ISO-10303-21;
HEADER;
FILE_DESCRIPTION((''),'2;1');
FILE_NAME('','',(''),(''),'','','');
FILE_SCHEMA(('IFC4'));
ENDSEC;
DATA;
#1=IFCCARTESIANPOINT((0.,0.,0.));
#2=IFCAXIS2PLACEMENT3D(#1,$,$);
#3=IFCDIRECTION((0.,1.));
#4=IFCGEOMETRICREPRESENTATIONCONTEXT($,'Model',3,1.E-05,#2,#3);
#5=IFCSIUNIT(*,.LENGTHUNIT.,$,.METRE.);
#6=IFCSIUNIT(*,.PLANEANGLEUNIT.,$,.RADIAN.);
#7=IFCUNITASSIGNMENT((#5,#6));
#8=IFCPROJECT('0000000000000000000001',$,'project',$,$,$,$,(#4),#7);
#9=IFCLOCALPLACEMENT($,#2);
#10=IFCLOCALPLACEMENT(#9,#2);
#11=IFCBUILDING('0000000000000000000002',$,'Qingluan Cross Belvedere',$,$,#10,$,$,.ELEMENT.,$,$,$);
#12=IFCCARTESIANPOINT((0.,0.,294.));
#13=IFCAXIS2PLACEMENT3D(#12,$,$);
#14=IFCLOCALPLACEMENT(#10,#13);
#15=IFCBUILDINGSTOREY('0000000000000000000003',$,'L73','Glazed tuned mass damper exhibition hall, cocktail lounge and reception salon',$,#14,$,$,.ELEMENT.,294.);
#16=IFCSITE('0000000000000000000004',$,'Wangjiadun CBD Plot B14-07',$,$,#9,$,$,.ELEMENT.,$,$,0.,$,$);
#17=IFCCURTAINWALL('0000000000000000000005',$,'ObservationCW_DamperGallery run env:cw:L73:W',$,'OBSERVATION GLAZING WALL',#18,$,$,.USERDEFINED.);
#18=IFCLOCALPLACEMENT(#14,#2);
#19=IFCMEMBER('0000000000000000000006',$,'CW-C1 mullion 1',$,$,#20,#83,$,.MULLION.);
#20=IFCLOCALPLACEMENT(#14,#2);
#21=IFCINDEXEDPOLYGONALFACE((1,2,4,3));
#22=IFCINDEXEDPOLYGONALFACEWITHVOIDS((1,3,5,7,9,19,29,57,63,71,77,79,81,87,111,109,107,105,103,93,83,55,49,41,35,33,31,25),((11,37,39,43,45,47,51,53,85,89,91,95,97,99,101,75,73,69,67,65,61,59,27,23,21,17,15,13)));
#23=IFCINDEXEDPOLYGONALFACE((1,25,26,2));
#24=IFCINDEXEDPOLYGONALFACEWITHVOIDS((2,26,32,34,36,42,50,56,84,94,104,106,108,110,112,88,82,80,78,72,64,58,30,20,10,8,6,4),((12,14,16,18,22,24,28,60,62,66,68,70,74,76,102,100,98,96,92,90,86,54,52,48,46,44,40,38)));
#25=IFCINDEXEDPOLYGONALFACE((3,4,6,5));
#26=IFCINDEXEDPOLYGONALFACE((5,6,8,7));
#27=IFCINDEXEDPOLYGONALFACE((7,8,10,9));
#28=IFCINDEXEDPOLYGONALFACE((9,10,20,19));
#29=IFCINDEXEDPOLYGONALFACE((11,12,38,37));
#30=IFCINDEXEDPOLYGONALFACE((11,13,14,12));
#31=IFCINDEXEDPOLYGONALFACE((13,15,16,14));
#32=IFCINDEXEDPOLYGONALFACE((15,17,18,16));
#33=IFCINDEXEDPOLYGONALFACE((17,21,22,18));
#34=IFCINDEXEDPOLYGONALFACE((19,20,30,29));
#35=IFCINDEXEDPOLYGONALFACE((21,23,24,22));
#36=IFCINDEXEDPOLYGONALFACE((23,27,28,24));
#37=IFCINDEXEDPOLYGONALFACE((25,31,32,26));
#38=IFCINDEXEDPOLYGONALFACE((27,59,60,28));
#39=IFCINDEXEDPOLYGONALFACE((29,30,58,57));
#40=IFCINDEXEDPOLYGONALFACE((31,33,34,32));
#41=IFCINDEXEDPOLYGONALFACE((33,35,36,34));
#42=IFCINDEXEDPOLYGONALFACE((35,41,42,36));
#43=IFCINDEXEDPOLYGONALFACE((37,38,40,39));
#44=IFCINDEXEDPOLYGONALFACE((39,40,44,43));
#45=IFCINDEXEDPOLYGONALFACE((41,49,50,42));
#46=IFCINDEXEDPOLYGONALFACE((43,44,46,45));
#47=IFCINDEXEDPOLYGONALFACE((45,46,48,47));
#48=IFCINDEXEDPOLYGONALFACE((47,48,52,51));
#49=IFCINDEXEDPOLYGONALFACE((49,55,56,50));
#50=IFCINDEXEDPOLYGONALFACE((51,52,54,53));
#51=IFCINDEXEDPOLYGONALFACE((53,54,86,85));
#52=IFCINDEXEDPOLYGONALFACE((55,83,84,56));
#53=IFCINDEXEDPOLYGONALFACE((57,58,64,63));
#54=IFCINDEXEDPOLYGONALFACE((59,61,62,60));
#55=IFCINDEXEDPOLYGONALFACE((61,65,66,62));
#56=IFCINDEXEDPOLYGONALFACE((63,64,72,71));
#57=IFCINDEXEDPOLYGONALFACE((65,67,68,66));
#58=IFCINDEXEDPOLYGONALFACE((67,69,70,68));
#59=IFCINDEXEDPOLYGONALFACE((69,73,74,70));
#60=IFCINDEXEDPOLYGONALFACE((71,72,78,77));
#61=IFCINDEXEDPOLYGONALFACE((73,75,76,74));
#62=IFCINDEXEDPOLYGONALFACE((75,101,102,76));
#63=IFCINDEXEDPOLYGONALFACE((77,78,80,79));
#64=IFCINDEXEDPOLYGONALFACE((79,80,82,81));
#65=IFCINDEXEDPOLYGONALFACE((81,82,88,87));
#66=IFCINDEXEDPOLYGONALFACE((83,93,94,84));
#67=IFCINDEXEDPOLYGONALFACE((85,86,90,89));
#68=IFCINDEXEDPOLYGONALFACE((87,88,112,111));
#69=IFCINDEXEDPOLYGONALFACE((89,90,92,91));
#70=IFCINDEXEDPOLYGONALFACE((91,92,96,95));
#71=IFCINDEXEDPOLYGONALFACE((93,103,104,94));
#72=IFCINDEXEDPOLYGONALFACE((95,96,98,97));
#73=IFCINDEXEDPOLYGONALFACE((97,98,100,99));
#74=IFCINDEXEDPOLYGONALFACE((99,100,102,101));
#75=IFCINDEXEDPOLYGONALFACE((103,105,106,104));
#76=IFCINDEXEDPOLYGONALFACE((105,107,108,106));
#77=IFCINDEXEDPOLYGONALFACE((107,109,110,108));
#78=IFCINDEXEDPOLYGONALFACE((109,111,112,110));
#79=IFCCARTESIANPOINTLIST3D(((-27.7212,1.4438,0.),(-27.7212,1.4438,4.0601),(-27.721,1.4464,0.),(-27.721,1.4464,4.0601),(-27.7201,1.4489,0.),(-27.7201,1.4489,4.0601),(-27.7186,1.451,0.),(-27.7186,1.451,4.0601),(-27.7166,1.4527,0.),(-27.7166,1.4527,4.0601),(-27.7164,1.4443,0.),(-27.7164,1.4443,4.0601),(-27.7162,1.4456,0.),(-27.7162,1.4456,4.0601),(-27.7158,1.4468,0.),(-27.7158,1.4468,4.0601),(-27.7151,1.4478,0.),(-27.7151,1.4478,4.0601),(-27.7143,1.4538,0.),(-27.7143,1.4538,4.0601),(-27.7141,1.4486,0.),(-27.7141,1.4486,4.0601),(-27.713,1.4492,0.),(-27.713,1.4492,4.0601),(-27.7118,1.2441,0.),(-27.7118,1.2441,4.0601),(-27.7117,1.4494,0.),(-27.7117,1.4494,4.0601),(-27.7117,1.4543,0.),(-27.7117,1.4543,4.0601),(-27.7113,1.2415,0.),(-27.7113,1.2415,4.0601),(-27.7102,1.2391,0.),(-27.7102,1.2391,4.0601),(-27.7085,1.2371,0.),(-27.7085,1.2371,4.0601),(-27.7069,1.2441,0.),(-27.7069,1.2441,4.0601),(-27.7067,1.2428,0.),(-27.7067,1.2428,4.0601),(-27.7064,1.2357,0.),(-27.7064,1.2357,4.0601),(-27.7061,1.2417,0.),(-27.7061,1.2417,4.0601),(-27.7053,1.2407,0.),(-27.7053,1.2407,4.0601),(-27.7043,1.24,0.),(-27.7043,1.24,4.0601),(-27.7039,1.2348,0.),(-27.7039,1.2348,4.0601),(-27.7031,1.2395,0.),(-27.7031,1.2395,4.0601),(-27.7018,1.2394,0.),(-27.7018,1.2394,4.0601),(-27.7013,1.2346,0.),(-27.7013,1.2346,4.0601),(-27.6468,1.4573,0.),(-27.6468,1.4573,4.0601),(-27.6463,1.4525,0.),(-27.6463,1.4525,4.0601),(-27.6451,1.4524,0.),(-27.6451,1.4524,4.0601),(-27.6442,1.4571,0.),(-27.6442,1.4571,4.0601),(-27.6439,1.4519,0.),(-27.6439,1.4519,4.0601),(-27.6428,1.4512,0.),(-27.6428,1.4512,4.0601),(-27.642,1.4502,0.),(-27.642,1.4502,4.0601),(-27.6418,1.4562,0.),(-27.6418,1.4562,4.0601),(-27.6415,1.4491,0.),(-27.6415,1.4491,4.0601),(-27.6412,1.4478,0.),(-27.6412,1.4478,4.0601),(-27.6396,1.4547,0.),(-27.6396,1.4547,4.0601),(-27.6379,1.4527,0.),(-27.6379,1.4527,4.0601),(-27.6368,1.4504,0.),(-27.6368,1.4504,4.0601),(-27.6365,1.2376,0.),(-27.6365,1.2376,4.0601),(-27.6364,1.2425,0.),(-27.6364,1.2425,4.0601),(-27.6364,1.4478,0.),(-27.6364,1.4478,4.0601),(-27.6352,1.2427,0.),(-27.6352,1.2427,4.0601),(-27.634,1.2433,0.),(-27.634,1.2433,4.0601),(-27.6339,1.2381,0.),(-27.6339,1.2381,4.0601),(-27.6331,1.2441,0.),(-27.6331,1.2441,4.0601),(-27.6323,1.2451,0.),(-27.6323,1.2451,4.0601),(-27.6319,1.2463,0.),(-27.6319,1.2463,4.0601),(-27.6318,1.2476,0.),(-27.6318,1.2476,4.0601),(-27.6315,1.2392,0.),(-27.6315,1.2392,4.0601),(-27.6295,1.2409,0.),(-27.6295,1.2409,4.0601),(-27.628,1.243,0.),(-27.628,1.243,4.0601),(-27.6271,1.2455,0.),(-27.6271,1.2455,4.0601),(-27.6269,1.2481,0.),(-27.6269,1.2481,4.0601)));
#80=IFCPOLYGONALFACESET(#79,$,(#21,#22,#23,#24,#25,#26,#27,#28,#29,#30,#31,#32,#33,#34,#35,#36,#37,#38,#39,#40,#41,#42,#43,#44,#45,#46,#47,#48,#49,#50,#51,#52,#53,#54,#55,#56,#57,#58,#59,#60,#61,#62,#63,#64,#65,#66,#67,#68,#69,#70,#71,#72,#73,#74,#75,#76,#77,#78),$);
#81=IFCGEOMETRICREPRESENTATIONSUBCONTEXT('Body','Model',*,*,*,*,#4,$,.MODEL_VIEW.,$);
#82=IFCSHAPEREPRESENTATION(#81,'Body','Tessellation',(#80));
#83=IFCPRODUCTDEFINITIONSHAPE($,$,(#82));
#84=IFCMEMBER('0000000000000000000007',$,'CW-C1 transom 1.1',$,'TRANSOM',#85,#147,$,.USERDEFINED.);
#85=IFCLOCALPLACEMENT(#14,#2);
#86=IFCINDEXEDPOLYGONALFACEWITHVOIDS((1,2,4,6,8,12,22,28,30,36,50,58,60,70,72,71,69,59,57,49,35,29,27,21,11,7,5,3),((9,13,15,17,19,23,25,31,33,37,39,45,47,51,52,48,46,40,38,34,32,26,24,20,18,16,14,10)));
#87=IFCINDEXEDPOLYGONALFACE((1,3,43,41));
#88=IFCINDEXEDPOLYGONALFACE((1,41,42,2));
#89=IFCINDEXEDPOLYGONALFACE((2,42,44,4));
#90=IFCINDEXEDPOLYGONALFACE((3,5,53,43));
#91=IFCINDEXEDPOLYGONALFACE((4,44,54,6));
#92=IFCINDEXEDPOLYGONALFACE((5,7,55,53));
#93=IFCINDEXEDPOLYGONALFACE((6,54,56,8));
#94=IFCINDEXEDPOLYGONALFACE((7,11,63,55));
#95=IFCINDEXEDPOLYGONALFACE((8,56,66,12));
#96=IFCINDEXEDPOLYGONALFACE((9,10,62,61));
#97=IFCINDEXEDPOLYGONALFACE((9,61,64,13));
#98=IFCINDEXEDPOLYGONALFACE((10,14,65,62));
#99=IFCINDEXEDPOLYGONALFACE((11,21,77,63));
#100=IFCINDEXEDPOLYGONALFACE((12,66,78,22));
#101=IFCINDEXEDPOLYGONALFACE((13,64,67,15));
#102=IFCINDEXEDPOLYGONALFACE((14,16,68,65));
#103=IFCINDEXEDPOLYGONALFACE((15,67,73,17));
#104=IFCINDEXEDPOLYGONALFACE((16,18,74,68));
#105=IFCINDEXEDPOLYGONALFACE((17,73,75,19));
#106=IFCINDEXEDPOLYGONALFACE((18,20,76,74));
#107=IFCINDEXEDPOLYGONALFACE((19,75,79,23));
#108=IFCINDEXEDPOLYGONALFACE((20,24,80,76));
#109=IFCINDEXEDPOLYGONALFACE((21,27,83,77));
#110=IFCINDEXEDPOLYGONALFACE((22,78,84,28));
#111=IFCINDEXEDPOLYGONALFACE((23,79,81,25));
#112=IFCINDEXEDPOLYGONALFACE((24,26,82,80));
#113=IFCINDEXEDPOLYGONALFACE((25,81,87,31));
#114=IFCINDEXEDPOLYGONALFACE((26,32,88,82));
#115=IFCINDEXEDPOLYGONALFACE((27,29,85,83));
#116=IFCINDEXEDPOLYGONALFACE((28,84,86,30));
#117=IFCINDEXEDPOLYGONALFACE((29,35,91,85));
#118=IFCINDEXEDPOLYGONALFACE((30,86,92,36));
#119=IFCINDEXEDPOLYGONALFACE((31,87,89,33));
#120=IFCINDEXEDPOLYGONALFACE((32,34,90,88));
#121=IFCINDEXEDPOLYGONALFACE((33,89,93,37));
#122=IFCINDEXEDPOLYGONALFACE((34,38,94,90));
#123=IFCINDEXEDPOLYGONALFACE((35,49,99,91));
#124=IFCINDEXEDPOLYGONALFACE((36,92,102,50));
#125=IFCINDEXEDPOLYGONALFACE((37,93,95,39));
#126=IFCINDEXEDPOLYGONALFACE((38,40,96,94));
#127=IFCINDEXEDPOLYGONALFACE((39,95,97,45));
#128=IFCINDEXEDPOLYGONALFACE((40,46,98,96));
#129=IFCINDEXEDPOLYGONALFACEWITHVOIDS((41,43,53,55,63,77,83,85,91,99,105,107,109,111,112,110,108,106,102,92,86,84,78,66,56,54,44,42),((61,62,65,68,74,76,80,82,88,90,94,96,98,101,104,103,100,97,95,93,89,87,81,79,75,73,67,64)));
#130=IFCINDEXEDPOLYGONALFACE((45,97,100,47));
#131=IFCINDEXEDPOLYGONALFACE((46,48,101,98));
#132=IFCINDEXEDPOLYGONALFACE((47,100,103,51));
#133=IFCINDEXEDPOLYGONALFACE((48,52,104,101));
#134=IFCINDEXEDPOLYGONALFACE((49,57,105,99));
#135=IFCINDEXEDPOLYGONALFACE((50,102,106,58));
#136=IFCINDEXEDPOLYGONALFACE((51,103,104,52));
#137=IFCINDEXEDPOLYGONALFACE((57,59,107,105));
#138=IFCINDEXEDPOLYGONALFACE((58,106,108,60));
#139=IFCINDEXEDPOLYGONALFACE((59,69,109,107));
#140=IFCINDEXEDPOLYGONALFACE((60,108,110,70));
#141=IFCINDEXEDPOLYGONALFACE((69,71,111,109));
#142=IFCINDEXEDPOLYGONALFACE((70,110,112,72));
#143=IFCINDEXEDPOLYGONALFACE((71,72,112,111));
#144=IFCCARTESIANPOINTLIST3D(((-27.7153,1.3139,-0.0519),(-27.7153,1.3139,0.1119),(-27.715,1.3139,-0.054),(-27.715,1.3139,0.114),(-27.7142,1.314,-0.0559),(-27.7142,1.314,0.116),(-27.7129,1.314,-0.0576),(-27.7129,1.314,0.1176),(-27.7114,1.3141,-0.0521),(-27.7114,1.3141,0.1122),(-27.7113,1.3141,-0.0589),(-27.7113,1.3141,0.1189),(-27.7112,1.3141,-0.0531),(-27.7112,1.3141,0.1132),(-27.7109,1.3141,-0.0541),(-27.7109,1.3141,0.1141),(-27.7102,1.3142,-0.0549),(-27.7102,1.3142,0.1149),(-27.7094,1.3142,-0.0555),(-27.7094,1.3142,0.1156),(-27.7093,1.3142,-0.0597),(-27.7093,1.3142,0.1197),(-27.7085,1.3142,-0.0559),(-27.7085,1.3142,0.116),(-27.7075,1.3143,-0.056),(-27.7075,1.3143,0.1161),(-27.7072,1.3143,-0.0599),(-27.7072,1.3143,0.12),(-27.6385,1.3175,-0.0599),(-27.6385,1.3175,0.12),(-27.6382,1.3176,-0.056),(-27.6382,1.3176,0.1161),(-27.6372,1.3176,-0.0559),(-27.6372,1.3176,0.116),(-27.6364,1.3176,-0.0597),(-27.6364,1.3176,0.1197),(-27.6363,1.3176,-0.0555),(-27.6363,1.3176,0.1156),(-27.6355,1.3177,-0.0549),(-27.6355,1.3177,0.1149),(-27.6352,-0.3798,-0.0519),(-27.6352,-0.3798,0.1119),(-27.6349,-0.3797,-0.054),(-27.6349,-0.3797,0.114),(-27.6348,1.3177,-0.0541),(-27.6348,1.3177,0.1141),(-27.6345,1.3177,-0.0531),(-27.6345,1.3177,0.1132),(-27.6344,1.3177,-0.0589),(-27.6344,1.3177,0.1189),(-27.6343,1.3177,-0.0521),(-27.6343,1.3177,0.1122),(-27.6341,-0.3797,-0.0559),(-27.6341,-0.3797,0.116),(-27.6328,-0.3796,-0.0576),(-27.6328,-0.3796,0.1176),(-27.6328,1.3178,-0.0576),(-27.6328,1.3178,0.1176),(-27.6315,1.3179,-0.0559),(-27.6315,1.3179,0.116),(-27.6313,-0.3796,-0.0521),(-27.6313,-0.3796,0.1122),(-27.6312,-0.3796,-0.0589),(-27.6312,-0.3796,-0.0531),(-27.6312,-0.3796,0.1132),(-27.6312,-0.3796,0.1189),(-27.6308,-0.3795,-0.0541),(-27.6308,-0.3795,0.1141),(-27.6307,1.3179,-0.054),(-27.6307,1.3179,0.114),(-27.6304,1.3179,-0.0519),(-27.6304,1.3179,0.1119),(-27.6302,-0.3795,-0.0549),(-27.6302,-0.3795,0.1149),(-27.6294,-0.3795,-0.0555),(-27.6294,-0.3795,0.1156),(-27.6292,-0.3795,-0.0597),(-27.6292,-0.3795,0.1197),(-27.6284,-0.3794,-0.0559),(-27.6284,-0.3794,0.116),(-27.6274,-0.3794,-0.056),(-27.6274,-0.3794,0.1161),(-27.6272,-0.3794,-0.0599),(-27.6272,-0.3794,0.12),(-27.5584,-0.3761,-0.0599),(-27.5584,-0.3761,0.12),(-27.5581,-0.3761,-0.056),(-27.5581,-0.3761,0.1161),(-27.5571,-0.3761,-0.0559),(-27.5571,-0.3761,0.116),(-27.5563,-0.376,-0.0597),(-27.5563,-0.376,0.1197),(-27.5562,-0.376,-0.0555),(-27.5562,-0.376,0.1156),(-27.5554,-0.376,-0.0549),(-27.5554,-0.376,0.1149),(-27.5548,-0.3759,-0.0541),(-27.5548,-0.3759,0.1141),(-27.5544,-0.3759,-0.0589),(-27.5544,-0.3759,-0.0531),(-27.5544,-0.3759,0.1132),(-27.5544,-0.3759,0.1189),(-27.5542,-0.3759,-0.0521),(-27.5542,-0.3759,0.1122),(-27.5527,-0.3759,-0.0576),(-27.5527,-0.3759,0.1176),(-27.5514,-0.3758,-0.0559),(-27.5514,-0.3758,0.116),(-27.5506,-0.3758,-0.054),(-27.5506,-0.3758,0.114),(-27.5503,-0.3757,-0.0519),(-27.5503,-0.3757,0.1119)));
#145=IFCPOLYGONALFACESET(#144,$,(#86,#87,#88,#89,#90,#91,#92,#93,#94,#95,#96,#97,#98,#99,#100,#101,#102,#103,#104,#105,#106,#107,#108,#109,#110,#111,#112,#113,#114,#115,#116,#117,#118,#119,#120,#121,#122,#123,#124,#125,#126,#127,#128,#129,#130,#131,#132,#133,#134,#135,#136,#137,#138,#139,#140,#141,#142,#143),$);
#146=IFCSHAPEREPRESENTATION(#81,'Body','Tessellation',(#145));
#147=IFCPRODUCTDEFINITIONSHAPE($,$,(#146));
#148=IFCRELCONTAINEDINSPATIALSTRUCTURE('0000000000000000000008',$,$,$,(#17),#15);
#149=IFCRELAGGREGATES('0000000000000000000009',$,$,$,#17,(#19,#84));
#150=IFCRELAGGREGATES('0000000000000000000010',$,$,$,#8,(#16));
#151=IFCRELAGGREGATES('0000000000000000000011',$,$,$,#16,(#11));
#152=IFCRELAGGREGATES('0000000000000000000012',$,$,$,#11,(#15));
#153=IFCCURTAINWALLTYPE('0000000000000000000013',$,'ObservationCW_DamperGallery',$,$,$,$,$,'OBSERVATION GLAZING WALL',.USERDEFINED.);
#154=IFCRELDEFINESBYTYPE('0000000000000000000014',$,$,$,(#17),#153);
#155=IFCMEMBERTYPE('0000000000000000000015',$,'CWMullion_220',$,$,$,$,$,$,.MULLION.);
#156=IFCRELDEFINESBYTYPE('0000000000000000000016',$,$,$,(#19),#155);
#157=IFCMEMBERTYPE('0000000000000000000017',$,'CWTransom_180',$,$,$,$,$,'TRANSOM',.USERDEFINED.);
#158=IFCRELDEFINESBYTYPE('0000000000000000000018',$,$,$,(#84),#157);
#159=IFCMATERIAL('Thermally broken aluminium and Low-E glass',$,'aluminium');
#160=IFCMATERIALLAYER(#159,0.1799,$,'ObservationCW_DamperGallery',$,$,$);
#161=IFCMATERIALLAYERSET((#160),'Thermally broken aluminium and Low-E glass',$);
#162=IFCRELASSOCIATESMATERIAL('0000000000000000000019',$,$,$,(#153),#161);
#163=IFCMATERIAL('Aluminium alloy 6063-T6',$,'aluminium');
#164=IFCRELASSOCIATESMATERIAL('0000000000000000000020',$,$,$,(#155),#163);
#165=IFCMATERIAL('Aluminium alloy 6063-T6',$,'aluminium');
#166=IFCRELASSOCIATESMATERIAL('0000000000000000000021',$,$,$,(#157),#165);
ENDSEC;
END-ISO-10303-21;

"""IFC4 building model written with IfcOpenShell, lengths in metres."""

from ifc_helpers import new_model, si_unit, direction, frame, origin, origin_2d, place, context, subcontext, project, spatial, hollow_rectangle, extrude, material, layer, layer_set, material_profile, profile_set, type_object, element, aggregate, save


model = new_model("IFC4")

# Units and contexts
model_context = context("Model", 3, precision=1e-05, world=origin(), true_north=direction((0.0, 1.0)))
body_context = subcontext(model_context, "Body", "Model", "MODEL_VIEW")
ifc_project = project(units=[si_unit("LENGTHUNIT", "METRE"), si_unit("PLANEANGLEUNIT", "RADIAN")], contexts=[model_context])

# Site, building, storey
site_placement = place(None, origin())
site = spatial("IfcSite", under=ifc_project, at=site_placement, Name="Wangjiadun CBD Plot B14-07", CompositionType="ELEMENT", RefElevation=0.0)
building_placement = place(site_placement, origin())
building = spatial("IfcBuilding", under=site, at=building_placement, Name="Qingluan Cross Belvedere", CompositionType="ELEMENT")
storey_placement = place(building_placement, frame((0.0, 0.0, 294.0)))
storey = spatial("IfcBuildingStorey", under=building, at=storey_placement, Name="L73", Description="Glazed tuned mass damper exhibition hall, cocktail lounge and reception salon", CompositionType="ELEMENT", Elevation=294.0)

# Curtain wall, members
ifc_material_1 = material(Name="Thermally broken aluminium and Low-E glass", Category="aluminium")
ifc_layer_1 = layer(ifc_material_1, 0.1799, Name="ObservationCW_DamperGallery")
ifc_layer_set_1 = layer_set([ifc_layer_1], Name="Thermally broken aluminium and Low-E glass")
curtain_wall_type = type_object("IfcCurtainWallType", Name="ObservationCW_DamperGallery", ElementType="OBSERVATION GLAZING WALL", PredefinedType="USERDEFINED", material=ifc_layer_set_1)
curtain_wall_placement = place(storey_placement, origin())
curtain_wall = element("IfcCurtainWall", 1, at=curtain_wall_placement, inside=storey, type_object=curtain_wall_type, Name="ObservationCW_DamperGallery run env:cw:L73:W", ObjectType="OBSERVATION GLAZING WALL", PredefinedType="USERDEFINED")
ifc_material_2 = material(Name="Aluminium alloy 6063-T6", Category="aluminium")
ifc_material_profile_1 = material_profile(ifc_material_2, hollow_rectangle(XDim=0.085, YDim=0.22, WallThickness=0.0049, InnerFilletRadius=0.0049, OuterFilletRadius=0.01, at=origin_2d()), Name="CWM220x85x5")
ifc_profile_set_1 = profile_set([ifc_material_profile_1], Name="Aluminium alloy 6063-T6")
member_type_1 = type_object("IfcMemberType", Name="CWMullion_220", PredefinedType="MULLION", material=ifc_profile_set_1)
member_1_placement = place(storey_placement, frame((-27.6741, 1.3459, 0.0), z_axis=(0.0, 0.0, 1.0), x_axis=(0.998889, 0.047125, 0.0)))
member_1 = element("IfcMember", 2, at=member_1_placement, type_object=member_type_1, Name="CW-C1 mullion 1", PredefinedType="MULLION", context=body_context, shape_type="SweptSolid", body=[
    extrude(hollow_rectangle(XDim=0.085, YDim=0.22, WallThickness=0.0049, InnerFilletRadius=0.0049, OuterFilletRadius=0.01, at=origin_2d()), origin(), (0.0, 0.0, 1.0), 4.0601),
])
ifc_material_3 = material(Name="Aluminium alloy 6063-T6", Category="aluminium")
ifc_material_profile_2 = material_profile(ifc_material_3, hollow_rectangle(XDim=0.085, YDim=0.1799, WallThickness=0.0039, InnerFilletRadius=0.0039, OuterFilletRadius=0.0081, at=origin_2d()), Name="CWT180x85x4")
ifc_profile_set_2 = profile_set([ifc_material_profile_2], Name="Aluminium alloy 6063-T6")
member_type_2 = type_object("IfcMemberType", Name="CWTransom_180", ElementType="TRANSOM", PredefinedType="USERDEFINED", material=ifc_profile_set_2)
member_2_placement = place(storey_placement, frame((-27.6729, 1.3159, 0.03), z_axis=(0.04723, -0.998884, 0.0), x_axis=(0.998884, 0.04723, 0.0)))
member_2 = element("IfcMember", 3, at=member_2_placement, type_object=member_type_2, Name="CW-C1 transom 1.1", ObjectType="TRANSOM", PredefinedType="USERDEFINED", context=body_context, shape_type="SweptSolid", body=[
    extrude(hollow_rectangle(XDim=0.085, YDim=0.1799, WallThickness=0.0039, InnerFilletRadius=0.0039, OuterFilletRadius=0.0081, at=origin_2d()), origin(), (0.0, 0.0, 1.0), 1.6956),
])

aggregate(curtain_wall, [member_1, member_2])

save(model, "model.ifc")
